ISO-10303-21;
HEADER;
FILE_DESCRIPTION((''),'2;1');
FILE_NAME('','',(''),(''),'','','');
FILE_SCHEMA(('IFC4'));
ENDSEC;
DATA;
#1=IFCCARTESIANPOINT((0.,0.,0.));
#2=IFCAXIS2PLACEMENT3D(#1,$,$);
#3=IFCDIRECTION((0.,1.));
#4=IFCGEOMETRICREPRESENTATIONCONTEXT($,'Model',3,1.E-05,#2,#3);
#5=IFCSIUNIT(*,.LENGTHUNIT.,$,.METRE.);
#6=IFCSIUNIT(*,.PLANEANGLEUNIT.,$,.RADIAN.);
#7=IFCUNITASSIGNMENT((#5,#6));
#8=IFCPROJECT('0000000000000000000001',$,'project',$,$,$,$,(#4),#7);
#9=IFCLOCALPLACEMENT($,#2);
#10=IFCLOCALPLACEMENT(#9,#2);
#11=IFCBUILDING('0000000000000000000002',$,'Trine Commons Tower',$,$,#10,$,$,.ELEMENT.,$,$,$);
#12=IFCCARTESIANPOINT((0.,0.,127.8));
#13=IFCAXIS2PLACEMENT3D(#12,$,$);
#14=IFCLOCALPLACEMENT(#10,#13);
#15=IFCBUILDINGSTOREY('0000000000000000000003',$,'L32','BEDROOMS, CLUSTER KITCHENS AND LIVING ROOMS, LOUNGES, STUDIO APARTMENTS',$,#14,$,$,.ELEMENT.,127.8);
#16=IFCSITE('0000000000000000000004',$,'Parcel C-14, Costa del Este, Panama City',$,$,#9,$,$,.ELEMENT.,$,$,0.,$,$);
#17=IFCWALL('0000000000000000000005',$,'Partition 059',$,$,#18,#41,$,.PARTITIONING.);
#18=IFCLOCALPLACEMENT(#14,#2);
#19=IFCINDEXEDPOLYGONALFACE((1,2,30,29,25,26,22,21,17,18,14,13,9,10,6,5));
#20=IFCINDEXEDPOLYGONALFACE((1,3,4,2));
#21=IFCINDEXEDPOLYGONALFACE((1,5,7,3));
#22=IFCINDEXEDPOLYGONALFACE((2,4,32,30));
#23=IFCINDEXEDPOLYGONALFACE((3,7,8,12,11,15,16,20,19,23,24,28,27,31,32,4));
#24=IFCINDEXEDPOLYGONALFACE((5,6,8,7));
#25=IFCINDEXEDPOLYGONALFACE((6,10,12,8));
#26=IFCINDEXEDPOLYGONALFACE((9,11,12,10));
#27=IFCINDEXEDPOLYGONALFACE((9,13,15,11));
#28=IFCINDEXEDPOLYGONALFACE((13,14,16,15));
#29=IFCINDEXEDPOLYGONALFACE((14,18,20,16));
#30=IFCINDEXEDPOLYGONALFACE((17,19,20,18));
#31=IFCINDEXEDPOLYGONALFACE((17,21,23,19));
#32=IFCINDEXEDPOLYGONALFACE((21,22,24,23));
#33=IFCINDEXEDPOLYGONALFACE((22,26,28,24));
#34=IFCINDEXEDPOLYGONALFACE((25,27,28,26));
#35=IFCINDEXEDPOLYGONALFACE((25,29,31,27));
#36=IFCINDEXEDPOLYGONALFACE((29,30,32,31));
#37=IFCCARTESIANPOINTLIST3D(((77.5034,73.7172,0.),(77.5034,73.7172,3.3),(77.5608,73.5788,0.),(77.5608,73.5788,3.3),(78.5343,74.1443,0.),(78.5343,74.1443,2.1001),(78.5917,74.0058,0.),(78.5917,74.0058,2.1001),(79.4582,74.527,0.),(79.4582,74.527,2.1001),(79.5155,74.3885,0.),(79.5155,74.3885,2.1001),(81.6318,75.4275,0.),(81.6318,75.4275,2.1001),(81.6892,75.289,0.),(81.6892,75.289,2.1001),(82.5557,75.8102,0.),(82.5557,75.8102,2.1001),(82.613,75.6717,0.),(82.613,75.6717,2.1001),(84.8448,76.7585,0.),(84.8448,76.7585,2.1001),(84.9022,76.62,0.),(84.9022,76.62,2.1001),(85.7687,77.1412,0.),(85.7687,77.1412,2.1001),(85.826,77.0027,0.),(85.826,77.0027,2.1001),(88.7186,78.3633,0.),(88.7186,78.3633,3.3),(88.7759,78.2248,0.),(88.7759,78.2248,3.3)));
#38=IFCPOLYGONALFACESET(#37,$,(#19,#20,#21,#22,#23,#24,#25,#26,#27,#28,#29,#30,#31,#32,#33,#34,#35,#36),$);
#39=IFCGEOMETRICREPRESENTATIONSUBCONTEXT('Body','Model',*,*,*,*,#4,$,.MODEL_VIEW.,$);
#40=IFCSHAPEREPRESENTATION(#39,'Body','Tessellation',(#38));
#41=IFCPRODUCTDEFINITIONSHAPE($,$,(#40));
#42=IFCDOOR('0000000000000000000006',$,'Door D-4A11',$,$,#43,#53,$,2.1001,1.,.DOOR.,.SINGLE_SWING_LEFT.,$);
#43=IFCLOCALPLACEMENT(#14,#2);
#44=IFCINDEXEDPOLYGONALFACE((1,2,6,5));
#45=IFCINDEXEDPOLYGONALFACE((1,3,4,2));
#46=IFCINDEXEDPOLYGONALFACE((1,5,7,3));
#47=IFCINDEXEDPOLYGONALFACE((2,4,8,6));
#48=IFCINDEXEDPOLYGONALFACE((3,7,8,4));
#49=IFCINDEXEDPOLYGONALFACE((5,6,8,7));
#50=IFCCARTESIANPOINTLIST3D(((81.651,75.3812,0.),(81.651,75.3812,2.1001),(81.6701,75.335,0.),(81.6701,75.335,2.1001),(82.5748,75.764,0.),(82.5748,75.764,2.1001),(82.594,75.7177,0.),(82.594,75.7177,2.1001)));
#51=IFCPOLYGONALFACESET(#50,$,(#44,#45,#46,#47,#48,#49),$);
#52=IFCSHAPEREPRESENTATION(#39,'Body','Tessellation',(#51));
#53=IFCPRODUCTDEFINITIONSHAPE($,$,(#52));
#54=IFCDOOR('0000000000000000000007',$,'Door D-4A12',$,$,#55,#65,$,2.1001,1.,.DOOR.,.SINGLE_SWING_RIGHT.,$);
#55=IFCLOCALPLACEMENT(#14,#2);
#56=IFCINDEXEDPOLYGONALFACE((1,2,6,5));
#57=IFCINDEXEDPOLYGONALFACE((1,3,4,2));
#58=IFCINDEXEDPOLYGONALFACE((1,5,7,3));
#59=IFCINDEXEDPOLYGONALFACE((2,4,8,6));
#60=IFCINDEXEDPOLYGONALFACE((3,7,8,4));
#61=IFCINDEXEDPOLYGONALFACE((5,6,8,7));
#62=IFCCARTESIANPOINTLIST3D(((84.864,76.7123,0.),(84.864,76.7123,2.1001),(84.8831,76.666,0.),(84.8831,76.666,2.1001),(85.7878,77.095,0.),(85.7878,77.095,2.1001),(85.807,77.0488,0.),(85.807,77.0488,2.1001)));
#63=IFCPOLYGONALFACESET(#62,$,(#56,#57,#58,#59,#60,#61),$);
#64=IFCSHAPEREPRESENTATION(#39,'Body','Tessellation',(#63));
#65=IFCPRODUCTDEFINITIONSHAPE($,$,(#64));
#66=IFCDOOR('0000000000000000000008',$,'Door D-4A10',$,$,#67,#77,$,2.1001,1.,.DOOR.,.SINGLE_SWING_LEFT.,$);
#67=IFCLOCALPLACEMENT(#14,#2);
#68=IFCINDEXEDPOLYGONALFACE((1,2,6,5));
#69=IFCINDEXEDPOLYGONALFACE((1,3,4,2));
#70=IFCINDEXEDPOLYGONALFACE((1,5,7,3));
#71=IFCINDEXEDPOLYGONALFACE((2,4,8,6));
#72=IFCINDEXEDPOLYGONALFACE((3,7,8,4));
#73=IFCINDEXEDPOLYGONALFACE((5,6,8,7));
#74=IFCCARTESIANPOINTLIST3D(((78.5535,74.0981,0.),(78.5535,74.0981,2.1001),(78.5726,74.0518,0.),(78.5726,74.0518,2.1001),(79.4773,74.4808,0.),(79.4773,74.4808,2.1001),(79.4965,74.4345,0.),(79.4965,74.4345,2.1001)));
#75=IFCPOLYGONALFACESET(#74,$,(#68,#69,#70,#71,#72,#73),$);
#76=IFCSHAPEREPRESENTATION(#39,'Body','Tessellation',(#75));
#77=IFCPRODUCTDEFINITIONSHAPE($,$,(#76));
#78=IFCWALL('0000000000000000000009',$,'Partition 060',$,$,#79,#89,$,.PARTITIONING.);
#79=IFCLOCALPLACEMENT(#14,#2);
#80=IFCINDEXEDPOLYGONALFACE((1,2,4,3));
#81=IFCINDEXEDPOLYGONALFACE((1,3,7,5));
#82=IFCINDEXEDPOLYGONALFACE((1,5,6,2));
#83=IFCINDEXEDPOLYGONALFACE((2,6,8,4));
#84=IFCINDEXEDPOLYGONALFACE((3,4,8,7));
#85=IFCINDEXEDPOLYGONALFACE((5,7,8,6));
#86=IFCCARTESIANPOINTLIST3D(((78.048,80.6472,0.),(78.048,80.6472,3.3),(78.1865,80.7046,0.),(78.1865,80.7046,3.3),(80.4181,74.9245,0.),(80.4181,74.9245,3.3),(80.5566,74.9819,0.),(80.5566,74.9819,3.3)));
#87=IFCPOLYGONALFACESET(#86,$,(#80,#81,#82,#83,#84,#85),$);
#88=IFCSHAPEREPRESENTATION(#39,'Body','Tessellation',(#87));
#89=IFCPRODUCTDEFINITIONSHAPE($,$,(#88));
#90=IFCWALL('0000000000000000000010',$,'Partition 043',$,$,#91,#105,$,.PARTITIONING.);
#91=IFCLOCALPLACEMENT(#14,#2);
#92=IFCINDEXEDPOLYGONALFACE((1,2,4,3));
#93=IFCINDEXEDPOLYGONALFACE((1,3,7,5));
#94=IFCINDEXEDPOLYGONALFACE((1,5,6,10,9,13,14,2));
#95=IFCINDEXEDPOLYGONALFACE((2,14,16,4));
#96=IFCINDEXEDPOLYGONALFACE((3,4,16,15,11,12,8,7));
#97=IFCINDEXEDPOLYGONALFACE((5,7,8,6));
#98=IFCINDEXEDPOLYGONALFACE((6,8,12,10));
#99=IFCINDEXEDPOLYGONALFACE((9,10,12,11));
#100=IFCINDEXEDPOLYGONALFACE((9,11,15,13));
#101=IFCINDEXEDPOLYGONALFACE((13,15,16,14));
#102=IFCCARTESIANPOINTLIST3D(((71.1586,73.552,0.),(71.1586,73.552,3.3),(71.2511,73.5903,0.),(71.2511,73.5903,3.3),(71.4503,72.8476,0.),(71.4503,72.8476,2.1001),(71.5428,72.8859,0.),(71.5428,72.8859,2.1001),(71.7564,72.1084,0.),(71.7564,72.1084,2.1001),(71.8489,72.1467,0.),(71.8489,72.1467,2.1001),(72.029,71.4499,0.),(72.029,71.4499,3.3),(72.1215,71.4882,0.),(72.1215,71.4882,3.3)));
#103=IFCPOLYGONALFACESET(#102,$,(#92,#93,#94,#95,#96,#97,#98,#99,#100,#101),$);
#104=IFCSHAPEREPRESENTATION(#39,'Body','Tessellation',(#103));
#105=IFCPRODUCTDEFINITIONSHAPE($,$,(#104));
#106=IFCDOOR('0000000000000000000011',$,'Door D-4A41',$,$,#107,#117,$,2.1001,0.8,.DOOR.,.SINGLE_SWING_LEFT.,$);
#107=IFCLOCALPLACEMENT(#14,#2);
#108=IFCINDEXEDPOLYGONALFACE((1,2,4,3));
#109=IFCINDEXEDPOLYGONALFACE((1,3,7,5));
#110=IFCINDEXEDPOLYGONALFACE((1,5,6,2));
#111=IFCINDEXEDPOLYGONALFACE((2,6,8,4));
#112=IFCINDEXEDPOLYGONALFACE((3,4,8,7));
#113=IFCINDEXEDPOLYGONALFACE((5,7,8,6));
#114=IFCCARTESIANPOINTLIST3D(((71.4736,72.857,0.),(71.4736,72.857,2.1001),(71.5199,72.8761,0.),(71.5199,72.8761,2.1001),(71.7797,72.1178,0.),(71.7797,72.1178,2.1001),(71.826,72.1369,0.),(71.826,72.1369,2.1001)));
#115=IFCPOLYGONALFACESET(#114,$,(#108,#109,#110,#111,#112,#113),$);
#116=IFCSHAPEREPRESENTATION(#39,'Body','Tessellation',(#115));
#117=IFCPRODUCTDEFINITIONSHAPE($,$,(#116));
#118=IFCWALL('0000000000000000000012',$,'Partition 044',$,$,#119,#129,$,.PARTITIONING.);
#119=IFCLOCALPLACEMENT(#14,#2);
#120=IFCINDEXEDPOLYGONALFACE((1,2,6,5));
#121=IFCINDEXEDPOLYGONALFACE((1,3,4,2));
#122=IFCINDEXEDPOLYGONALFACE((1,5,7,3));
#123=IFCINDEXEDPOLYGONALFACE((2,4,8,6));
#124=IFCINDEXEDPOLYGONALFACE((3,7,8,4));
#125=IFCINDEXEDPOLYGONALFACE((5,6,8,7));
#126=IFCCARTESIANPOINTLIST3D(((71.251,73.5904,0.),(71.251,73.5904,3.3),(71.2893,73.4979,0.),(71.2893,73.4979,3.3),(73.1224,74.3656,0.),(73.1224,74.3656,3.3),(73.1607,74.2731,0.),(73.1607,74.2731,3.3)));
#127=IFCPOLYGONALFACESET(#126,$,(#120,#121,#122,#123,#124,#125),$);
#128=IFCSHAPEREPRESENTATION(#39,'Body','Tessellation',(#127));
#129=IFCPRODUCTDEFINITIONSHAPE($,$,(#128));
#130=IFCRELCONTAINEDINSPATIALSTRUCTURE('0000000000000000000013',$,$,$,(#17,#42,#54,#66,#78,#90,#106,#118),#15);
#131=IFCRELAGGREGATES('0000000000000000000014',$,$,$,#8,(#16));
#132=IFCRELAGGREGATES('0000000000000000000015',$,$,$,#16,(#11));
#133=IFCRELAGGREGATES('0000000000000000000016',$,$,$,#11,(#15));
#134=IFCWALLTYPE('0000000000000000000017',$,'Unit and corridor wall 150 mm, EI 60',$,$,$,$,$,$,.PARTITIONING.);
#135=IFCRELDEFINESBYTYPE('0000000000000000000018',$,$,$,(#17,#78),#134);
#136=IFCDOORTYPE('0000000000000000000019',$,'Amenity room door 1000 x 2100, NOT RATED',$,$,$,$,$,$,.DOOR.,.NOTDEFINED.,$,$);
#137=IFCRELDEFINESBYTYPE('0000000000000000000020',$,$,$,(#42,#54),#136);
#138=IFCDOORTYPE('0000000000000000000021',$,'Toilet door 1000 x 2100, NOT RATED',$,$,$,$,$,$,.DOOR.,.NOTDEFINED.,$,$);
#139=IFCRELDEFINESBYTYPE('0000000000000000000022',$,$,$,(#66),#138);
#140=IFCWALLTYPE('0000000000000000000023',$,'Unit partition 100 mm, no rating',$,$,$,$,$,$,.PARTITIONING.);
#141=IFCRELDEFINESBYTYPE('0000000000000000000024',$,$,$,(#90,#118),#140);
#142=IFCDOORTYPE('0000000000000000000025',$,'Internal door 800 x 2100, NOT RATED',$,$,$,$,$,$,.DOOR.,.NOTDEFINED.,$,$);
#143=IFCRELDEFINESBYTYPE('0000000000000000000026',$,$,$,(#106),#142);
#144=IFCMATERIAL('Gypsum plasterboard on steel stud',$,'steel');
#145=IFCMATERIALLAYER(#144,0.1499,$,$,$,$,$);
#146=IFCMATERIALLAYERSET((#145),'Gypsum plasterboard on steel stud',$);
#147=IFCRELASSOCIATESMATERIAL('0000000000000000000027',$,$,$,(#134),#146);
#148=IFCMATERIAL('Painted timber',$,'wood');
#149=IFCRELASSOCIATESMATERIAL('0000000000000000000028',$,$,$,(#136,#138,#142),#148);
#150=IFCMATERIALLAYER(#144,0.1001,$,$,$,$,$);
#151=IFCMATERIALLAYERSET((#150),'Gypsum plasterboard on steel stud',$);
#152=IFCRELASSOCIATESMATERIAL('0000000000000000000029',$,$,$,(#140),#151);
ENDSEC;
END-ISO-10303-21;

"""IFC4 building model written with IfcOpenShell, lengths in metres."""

from ifc_helpers import new_model, si_unit, direction, frame, frame_2d, origin, place, context, subcontext, project, spatial, rectangle, extrude, material, layer, layer_set, type_object, element, fill, save


model = new_model("IFC4")

# Units and contexts
model_context = context("Model", 3, precision=1e-05, world=origin(), true_north=direction((0.0, 1.0)))
body_context = subcontext(model_context, "Body", "Model", "MODEL_VIEW")
ifc_project = project(units=[si_unit("LENGTHUNIT", "METRE"), si_unit("PLANEANGLEUNIT", "RADIAN")], contexts=[model_context])

# Site, building, storey
site_placement = place(None, origin())
site = spatial("IfcSite", under=ifc_project, at=site_placement, Name="Parcel C-14, Costa del Este, Panama City", CompositionType="ELEMENT", RefElevation=0.0)
building_placement = place(site_placement, origin())
building = spatial("IfcBuilding", under=site, at=building_placement, Name="Trine Commons Tower", CompositionType="ELEMENT")
storey_placement = place(building_placement, frame((0.0, 0.0, 127.8)))
storey = spatial("IfcBuildingStorey", under=building, at=storey_placement, Name="L32", Description="BEDROOMS, CLUSTER KITCHENS AND LIVING ROOMS, LOUNGES, STUDIO APARTMENTS", CompositionType="ELEMENT", Elevation=127.8)

# Shared definitions
ifc_material_1 = material(Name="Gypsum plasterboard on steel stud", Category="steel")
ifc_layer_1 = layer(ifc_material_1, 0.1499)
ifc_layer_set_1 = layer_set([ifc_layer_1], Name="Gypsum plasterboard on steel stud")
wall_type_1 = type_object("IfcWallType", Name="Unit and corridor wall 150 mm, EI 60", PredefinedType="PARTITIONING", material=ifc_layer_set_1)

# Shared definitions
ifc_material_2 = material(Name="Painted timber", Category="wood")
door_type_1 = type_object("IfcDoorType", Name="Amenity room door 1000 x 2100, NOT RATED", OperationType="NOTDEFINED", PredefinedType="DOOR", material=ifc_material_2)

# Wall, openings, doors
wall_1_placement = place(storey_placement, frame((77.532, 73.6479, 0.0), z_axis=(0.0, 0.0, 1.0), x_axis=(0.923863, 0.382722, 0.0)))
wall_1 = element("IfcWall", 1, at=wall_1_placement, inside=storey, type_object=wall_type_1, Name="Partition 059", PredefinedType="PARTITIONING", context=body_context, shape_type="SweptSolid", body=[
    extrude(rectangle(XDim=12.1394, YDim=0.1499, at=frame_2d((6.0698, 0.0))), origin(), (0.0, 0.0, 1.0), 3.3),
])
opening_1_placement = place(wall_1_placement, frame((1.116, 0.0, 0.0)))
opening_1 = element("IfcOpeningElement", 2, at=opening_1_placement, cuts=wall_1, PredefinedType="OPENING", context=body_context, shape_type="SweptSolid", body=[
    extrude(rectangle(XDim=1.0, YDim=2.1001, at=frame_2d((0.5, 1.05))), frame((0.0, 0.085, 0.0), z_axis=(0.0, -1.0, 0.0), x_axis=(1.0, 0.0, 0.0)), (0.0, 0.0, 1.0), 0.1699),
])
opening_2_placement = place(wall_1_placement, frame((4.4688, 0.0, 0.0)))
opening_2 = element("IfcOpeningElement", 3, at=opening_2_placement, cuts=wall_1, PredefinedType="OPENING", context=body_context, shape_type="SweptSolid", body=[
    extrude(rectangle(XDim=1.0, YDim=2.1001, at=frame_2d((0.5, 1.05))), frame((0.0, 0.085, 0.0), z_axis=(0.0, -1.0, 0.0), x_axis=(1.0, 0.0, 0.0)), (0.0, 0.0, 1.0), 0.1699),
])
opening_3_placement = place(wall_1_placement, frame((7.9465, 0.0, 0.0)))
opening_3 = element("IfcOpeningElement", 4, at=opening_3_placement, cuts=wall_1, PredefinedType="OPENING", context=body_context, shape_type="SweptSolid", body=[
    extrude(rectangle(XDim=1.0, YDim=2.1001, at=frame_2d((0.5, 1.05))), frame((0.0, 0.085, 0.0), z_axis=(0.0, -1.0, 0.0), x_axis=(1.0, 0.0, 0.0)), (0.0, 0.0, 1.0), 0.1699),
])
door_1_placement = place(opening_2_placement, origin())
door_1 = element("IfcDoor", 5, at=door_1_placement, inside=storey, type_object=door_type_1, Name="Door D-4A11", OperationType="SINGLE_SWING_LEFT", OverallHeight=2.1001, OverallWidth=1.0, PredefinedType="DOOR", context=body_context, shape_type="SweptSolid", body=[
    extrude(rectangle(XDim=1.0, YDim=2.1001, at=frame_2d((0.5, 1.05))), frame((0.0, 0.0249, 0.0), z_axis=(0.0, -1.0, 0.0), x_axis=(1.0, 0.0, 0.0)), (0.0, 0.0, 1.0), 0.05),
])
fill(opening_2, door_1)
door_2_placement = place(opening_3_placement, origin())
door_2 = element("IfcDoor", 6, at=door_2_placement, inside=storey, type_object=door_type_1, Name="Door D-4A12", OperationType="SINGLE_SWING_RIGHT", OverallHeight=2.1001, OverallWidth=1.0, PredefinedType="DOOR", context=body_context, shape_type="SweptSolid", body=[
    extrude(rectangle(XDim=1.0, YDim=2.1001, at=frame_2d((0.5, 1.05))), frame((0.0, 0.0249, 0.0), z_axis=(0.0, -1.0, 0.0), x_axis=(1.0, 0.0, 0.0)), (0.0, 0.0, 1.0), 0.05),
])
fill(opening_3, door_2)
door_type_2 = type_object("IfcDoorType", Name="Toilet door 1000 x 2100, NOT RATED", OperationType="NOTDEFINED", PredefinedType="DOOR", material=ifc_material_2)
door_3_placement = place(opening_1_placement, origin())
door_3 = element("IfcDoor", 7, at=door_3_placement, inside=storey, type_object=door_type_2, Name="Door D-4A10", OperationType="SINGLE_SWING_LEFT", OverallHeight=2.1001, OverallWidth=1.0, PredefinedType="DOOR", context=body_context, shape_type="SweptSolid", body=[
    extrude(rectangle(XDim=1.0, YDim=2.1001, at=frame_2d((0.5, 1.05))), frame((0.0, 0.0249, 0.0), z_axis=(0.0, -1.0, 0.0), x_axis=(1.0, 0.0, 0.0)), (0.0, 0.0, 1.0), 0.05),
])
fill(opening_1, door_3)

# Wall
wall_2_placement = place(storey_placement, frame((78.1172, 80.676, 0.0), z_axis=(0.0, 0.0, 1.0), x_axis=(0.382644, -0.923896, 0.0)))
element("IfcWall", 8, at=wall_2_placement, inside=storey, type_object=wall_type_1, Name="Partition 060", PredefinedType="PARTITIONING", context=body_context, shape_type="SweptSolid", body=[
    extrude(rectangle(XDim=6.1941, YDim=0.1499, at=frame_2d((3.0972, 0.0))), origin(), (0.0, 0.0, 1.0), 3.3),
])

# Wall, opening, door
ifc_layer_2 = layer(ifc_material_1, 0.1001)
ifc_layer_set_2 = layer_set([ifc_layer_2], Name="Gypsum plasterboard on steel stud")
wall_type_2 = type_object("IfcWallType", Name="Unit partition 100 mm, no rating", PredefinedType="PARTITIONING", material=ifc_layer_set_2)
wall_3_placement = place(storey_placement, frame((71.2048, 73.5713, 0.0), z_axis=(0.0, 0.0, 1.0), x_axis=(0.382557, -0.923932, 0.0)))
wall_3 = element("IfcWall", 9, at=wall_3_placement, inside=storey, type_object=wall_type_2, Name="Partition 043", PredefinedType="PARTITIONING", context=body_context, shape_type="SweptSolid", body=[
    extrude(rectangle(XDim=2.2751, YDim=0.1001, at=frame_2d((1.1377, 0.0))), origin(), (0.0, 0.0, 1.0), 3.3),
])
opening_4_placement = place(wall_3_placement, frame((0.7627, 0.0, 0.0)))
opening_4 = element("IfcOpeningElement", 10, at=opening_4_placement, cuts=wall_3, PredefinedType="OPENING", context=body_context, shape_type="SweptSolid", body=[
    extrude(rectangle(XDim=0.8, YDim=2.1001, at=frame_2d((0.3999, 1.05))), frame((0.0, 0.0601, 0.0), z_axis=(0.0, -1.0, 0.0), x_axis=(1.0, 0.0, 0.0)), (0.0, 0.0, 1.0), 0.1201),
])
door_type_3 = type_object("IfcDoorType", Name="Internal door 800 x 2100, NOT RATED", OperationType="NOTDEFINED", PredefinedType="DOOR", material=ifc_material_2)
door_4_placement = place(opening_4_placement, frame((0.8, 0.0, 0.0), z_axis=(0.0, 0.0, 1.0), x_axis=(-1.0, 0.0, 0.0)))
door_4 = element("IfcDoor", 11, at=door_4_placement, inside=storey, type_object=door_type_3, Name="Door D-4A41", OperationType="SINGLE_SWING_LEFT", OverallHeight=2.1001, OverallWidth=0.8, PredefinedType="DOOR", context=body_context, shape_type="SweptSolid", body=[
    extrude(rectangle(XDim=0.8, YDim=2.1001, at=frame_2d((0.3999, 1.05))), frame((0.0, 0.0249, 0.0), z_axis=(0.0, -1.0, 0.0), x_axis=(1.0, 0.0, 0.0)), (0.0, 0.0, 1.0), 0.05),
])
fill(opening_4, door_4)

# Wall
wall_4_placement = place(storey_placement, frame((71.2703, 73.5442, 0.0), z_axis=(0.0, 0.0, 1.0), x_axis=(0.923877, 0.382689, 0.0)))
element("IfcWall", 12, at=wall_4_placement, inside=storey, type_object=wall_type_2, Name="Partition 044", PredefinedType="PARTITIONING", context=body_context, shape_type="SweptSolid", body=[
    extrude(rectangle(XDim=2.0256, YDim=0.1001, at=frame_2d((1.0127, 0.0))), origin(), (0.0, 0.0, 1.0), 3.3),
])

save(model, "model.ifc")
